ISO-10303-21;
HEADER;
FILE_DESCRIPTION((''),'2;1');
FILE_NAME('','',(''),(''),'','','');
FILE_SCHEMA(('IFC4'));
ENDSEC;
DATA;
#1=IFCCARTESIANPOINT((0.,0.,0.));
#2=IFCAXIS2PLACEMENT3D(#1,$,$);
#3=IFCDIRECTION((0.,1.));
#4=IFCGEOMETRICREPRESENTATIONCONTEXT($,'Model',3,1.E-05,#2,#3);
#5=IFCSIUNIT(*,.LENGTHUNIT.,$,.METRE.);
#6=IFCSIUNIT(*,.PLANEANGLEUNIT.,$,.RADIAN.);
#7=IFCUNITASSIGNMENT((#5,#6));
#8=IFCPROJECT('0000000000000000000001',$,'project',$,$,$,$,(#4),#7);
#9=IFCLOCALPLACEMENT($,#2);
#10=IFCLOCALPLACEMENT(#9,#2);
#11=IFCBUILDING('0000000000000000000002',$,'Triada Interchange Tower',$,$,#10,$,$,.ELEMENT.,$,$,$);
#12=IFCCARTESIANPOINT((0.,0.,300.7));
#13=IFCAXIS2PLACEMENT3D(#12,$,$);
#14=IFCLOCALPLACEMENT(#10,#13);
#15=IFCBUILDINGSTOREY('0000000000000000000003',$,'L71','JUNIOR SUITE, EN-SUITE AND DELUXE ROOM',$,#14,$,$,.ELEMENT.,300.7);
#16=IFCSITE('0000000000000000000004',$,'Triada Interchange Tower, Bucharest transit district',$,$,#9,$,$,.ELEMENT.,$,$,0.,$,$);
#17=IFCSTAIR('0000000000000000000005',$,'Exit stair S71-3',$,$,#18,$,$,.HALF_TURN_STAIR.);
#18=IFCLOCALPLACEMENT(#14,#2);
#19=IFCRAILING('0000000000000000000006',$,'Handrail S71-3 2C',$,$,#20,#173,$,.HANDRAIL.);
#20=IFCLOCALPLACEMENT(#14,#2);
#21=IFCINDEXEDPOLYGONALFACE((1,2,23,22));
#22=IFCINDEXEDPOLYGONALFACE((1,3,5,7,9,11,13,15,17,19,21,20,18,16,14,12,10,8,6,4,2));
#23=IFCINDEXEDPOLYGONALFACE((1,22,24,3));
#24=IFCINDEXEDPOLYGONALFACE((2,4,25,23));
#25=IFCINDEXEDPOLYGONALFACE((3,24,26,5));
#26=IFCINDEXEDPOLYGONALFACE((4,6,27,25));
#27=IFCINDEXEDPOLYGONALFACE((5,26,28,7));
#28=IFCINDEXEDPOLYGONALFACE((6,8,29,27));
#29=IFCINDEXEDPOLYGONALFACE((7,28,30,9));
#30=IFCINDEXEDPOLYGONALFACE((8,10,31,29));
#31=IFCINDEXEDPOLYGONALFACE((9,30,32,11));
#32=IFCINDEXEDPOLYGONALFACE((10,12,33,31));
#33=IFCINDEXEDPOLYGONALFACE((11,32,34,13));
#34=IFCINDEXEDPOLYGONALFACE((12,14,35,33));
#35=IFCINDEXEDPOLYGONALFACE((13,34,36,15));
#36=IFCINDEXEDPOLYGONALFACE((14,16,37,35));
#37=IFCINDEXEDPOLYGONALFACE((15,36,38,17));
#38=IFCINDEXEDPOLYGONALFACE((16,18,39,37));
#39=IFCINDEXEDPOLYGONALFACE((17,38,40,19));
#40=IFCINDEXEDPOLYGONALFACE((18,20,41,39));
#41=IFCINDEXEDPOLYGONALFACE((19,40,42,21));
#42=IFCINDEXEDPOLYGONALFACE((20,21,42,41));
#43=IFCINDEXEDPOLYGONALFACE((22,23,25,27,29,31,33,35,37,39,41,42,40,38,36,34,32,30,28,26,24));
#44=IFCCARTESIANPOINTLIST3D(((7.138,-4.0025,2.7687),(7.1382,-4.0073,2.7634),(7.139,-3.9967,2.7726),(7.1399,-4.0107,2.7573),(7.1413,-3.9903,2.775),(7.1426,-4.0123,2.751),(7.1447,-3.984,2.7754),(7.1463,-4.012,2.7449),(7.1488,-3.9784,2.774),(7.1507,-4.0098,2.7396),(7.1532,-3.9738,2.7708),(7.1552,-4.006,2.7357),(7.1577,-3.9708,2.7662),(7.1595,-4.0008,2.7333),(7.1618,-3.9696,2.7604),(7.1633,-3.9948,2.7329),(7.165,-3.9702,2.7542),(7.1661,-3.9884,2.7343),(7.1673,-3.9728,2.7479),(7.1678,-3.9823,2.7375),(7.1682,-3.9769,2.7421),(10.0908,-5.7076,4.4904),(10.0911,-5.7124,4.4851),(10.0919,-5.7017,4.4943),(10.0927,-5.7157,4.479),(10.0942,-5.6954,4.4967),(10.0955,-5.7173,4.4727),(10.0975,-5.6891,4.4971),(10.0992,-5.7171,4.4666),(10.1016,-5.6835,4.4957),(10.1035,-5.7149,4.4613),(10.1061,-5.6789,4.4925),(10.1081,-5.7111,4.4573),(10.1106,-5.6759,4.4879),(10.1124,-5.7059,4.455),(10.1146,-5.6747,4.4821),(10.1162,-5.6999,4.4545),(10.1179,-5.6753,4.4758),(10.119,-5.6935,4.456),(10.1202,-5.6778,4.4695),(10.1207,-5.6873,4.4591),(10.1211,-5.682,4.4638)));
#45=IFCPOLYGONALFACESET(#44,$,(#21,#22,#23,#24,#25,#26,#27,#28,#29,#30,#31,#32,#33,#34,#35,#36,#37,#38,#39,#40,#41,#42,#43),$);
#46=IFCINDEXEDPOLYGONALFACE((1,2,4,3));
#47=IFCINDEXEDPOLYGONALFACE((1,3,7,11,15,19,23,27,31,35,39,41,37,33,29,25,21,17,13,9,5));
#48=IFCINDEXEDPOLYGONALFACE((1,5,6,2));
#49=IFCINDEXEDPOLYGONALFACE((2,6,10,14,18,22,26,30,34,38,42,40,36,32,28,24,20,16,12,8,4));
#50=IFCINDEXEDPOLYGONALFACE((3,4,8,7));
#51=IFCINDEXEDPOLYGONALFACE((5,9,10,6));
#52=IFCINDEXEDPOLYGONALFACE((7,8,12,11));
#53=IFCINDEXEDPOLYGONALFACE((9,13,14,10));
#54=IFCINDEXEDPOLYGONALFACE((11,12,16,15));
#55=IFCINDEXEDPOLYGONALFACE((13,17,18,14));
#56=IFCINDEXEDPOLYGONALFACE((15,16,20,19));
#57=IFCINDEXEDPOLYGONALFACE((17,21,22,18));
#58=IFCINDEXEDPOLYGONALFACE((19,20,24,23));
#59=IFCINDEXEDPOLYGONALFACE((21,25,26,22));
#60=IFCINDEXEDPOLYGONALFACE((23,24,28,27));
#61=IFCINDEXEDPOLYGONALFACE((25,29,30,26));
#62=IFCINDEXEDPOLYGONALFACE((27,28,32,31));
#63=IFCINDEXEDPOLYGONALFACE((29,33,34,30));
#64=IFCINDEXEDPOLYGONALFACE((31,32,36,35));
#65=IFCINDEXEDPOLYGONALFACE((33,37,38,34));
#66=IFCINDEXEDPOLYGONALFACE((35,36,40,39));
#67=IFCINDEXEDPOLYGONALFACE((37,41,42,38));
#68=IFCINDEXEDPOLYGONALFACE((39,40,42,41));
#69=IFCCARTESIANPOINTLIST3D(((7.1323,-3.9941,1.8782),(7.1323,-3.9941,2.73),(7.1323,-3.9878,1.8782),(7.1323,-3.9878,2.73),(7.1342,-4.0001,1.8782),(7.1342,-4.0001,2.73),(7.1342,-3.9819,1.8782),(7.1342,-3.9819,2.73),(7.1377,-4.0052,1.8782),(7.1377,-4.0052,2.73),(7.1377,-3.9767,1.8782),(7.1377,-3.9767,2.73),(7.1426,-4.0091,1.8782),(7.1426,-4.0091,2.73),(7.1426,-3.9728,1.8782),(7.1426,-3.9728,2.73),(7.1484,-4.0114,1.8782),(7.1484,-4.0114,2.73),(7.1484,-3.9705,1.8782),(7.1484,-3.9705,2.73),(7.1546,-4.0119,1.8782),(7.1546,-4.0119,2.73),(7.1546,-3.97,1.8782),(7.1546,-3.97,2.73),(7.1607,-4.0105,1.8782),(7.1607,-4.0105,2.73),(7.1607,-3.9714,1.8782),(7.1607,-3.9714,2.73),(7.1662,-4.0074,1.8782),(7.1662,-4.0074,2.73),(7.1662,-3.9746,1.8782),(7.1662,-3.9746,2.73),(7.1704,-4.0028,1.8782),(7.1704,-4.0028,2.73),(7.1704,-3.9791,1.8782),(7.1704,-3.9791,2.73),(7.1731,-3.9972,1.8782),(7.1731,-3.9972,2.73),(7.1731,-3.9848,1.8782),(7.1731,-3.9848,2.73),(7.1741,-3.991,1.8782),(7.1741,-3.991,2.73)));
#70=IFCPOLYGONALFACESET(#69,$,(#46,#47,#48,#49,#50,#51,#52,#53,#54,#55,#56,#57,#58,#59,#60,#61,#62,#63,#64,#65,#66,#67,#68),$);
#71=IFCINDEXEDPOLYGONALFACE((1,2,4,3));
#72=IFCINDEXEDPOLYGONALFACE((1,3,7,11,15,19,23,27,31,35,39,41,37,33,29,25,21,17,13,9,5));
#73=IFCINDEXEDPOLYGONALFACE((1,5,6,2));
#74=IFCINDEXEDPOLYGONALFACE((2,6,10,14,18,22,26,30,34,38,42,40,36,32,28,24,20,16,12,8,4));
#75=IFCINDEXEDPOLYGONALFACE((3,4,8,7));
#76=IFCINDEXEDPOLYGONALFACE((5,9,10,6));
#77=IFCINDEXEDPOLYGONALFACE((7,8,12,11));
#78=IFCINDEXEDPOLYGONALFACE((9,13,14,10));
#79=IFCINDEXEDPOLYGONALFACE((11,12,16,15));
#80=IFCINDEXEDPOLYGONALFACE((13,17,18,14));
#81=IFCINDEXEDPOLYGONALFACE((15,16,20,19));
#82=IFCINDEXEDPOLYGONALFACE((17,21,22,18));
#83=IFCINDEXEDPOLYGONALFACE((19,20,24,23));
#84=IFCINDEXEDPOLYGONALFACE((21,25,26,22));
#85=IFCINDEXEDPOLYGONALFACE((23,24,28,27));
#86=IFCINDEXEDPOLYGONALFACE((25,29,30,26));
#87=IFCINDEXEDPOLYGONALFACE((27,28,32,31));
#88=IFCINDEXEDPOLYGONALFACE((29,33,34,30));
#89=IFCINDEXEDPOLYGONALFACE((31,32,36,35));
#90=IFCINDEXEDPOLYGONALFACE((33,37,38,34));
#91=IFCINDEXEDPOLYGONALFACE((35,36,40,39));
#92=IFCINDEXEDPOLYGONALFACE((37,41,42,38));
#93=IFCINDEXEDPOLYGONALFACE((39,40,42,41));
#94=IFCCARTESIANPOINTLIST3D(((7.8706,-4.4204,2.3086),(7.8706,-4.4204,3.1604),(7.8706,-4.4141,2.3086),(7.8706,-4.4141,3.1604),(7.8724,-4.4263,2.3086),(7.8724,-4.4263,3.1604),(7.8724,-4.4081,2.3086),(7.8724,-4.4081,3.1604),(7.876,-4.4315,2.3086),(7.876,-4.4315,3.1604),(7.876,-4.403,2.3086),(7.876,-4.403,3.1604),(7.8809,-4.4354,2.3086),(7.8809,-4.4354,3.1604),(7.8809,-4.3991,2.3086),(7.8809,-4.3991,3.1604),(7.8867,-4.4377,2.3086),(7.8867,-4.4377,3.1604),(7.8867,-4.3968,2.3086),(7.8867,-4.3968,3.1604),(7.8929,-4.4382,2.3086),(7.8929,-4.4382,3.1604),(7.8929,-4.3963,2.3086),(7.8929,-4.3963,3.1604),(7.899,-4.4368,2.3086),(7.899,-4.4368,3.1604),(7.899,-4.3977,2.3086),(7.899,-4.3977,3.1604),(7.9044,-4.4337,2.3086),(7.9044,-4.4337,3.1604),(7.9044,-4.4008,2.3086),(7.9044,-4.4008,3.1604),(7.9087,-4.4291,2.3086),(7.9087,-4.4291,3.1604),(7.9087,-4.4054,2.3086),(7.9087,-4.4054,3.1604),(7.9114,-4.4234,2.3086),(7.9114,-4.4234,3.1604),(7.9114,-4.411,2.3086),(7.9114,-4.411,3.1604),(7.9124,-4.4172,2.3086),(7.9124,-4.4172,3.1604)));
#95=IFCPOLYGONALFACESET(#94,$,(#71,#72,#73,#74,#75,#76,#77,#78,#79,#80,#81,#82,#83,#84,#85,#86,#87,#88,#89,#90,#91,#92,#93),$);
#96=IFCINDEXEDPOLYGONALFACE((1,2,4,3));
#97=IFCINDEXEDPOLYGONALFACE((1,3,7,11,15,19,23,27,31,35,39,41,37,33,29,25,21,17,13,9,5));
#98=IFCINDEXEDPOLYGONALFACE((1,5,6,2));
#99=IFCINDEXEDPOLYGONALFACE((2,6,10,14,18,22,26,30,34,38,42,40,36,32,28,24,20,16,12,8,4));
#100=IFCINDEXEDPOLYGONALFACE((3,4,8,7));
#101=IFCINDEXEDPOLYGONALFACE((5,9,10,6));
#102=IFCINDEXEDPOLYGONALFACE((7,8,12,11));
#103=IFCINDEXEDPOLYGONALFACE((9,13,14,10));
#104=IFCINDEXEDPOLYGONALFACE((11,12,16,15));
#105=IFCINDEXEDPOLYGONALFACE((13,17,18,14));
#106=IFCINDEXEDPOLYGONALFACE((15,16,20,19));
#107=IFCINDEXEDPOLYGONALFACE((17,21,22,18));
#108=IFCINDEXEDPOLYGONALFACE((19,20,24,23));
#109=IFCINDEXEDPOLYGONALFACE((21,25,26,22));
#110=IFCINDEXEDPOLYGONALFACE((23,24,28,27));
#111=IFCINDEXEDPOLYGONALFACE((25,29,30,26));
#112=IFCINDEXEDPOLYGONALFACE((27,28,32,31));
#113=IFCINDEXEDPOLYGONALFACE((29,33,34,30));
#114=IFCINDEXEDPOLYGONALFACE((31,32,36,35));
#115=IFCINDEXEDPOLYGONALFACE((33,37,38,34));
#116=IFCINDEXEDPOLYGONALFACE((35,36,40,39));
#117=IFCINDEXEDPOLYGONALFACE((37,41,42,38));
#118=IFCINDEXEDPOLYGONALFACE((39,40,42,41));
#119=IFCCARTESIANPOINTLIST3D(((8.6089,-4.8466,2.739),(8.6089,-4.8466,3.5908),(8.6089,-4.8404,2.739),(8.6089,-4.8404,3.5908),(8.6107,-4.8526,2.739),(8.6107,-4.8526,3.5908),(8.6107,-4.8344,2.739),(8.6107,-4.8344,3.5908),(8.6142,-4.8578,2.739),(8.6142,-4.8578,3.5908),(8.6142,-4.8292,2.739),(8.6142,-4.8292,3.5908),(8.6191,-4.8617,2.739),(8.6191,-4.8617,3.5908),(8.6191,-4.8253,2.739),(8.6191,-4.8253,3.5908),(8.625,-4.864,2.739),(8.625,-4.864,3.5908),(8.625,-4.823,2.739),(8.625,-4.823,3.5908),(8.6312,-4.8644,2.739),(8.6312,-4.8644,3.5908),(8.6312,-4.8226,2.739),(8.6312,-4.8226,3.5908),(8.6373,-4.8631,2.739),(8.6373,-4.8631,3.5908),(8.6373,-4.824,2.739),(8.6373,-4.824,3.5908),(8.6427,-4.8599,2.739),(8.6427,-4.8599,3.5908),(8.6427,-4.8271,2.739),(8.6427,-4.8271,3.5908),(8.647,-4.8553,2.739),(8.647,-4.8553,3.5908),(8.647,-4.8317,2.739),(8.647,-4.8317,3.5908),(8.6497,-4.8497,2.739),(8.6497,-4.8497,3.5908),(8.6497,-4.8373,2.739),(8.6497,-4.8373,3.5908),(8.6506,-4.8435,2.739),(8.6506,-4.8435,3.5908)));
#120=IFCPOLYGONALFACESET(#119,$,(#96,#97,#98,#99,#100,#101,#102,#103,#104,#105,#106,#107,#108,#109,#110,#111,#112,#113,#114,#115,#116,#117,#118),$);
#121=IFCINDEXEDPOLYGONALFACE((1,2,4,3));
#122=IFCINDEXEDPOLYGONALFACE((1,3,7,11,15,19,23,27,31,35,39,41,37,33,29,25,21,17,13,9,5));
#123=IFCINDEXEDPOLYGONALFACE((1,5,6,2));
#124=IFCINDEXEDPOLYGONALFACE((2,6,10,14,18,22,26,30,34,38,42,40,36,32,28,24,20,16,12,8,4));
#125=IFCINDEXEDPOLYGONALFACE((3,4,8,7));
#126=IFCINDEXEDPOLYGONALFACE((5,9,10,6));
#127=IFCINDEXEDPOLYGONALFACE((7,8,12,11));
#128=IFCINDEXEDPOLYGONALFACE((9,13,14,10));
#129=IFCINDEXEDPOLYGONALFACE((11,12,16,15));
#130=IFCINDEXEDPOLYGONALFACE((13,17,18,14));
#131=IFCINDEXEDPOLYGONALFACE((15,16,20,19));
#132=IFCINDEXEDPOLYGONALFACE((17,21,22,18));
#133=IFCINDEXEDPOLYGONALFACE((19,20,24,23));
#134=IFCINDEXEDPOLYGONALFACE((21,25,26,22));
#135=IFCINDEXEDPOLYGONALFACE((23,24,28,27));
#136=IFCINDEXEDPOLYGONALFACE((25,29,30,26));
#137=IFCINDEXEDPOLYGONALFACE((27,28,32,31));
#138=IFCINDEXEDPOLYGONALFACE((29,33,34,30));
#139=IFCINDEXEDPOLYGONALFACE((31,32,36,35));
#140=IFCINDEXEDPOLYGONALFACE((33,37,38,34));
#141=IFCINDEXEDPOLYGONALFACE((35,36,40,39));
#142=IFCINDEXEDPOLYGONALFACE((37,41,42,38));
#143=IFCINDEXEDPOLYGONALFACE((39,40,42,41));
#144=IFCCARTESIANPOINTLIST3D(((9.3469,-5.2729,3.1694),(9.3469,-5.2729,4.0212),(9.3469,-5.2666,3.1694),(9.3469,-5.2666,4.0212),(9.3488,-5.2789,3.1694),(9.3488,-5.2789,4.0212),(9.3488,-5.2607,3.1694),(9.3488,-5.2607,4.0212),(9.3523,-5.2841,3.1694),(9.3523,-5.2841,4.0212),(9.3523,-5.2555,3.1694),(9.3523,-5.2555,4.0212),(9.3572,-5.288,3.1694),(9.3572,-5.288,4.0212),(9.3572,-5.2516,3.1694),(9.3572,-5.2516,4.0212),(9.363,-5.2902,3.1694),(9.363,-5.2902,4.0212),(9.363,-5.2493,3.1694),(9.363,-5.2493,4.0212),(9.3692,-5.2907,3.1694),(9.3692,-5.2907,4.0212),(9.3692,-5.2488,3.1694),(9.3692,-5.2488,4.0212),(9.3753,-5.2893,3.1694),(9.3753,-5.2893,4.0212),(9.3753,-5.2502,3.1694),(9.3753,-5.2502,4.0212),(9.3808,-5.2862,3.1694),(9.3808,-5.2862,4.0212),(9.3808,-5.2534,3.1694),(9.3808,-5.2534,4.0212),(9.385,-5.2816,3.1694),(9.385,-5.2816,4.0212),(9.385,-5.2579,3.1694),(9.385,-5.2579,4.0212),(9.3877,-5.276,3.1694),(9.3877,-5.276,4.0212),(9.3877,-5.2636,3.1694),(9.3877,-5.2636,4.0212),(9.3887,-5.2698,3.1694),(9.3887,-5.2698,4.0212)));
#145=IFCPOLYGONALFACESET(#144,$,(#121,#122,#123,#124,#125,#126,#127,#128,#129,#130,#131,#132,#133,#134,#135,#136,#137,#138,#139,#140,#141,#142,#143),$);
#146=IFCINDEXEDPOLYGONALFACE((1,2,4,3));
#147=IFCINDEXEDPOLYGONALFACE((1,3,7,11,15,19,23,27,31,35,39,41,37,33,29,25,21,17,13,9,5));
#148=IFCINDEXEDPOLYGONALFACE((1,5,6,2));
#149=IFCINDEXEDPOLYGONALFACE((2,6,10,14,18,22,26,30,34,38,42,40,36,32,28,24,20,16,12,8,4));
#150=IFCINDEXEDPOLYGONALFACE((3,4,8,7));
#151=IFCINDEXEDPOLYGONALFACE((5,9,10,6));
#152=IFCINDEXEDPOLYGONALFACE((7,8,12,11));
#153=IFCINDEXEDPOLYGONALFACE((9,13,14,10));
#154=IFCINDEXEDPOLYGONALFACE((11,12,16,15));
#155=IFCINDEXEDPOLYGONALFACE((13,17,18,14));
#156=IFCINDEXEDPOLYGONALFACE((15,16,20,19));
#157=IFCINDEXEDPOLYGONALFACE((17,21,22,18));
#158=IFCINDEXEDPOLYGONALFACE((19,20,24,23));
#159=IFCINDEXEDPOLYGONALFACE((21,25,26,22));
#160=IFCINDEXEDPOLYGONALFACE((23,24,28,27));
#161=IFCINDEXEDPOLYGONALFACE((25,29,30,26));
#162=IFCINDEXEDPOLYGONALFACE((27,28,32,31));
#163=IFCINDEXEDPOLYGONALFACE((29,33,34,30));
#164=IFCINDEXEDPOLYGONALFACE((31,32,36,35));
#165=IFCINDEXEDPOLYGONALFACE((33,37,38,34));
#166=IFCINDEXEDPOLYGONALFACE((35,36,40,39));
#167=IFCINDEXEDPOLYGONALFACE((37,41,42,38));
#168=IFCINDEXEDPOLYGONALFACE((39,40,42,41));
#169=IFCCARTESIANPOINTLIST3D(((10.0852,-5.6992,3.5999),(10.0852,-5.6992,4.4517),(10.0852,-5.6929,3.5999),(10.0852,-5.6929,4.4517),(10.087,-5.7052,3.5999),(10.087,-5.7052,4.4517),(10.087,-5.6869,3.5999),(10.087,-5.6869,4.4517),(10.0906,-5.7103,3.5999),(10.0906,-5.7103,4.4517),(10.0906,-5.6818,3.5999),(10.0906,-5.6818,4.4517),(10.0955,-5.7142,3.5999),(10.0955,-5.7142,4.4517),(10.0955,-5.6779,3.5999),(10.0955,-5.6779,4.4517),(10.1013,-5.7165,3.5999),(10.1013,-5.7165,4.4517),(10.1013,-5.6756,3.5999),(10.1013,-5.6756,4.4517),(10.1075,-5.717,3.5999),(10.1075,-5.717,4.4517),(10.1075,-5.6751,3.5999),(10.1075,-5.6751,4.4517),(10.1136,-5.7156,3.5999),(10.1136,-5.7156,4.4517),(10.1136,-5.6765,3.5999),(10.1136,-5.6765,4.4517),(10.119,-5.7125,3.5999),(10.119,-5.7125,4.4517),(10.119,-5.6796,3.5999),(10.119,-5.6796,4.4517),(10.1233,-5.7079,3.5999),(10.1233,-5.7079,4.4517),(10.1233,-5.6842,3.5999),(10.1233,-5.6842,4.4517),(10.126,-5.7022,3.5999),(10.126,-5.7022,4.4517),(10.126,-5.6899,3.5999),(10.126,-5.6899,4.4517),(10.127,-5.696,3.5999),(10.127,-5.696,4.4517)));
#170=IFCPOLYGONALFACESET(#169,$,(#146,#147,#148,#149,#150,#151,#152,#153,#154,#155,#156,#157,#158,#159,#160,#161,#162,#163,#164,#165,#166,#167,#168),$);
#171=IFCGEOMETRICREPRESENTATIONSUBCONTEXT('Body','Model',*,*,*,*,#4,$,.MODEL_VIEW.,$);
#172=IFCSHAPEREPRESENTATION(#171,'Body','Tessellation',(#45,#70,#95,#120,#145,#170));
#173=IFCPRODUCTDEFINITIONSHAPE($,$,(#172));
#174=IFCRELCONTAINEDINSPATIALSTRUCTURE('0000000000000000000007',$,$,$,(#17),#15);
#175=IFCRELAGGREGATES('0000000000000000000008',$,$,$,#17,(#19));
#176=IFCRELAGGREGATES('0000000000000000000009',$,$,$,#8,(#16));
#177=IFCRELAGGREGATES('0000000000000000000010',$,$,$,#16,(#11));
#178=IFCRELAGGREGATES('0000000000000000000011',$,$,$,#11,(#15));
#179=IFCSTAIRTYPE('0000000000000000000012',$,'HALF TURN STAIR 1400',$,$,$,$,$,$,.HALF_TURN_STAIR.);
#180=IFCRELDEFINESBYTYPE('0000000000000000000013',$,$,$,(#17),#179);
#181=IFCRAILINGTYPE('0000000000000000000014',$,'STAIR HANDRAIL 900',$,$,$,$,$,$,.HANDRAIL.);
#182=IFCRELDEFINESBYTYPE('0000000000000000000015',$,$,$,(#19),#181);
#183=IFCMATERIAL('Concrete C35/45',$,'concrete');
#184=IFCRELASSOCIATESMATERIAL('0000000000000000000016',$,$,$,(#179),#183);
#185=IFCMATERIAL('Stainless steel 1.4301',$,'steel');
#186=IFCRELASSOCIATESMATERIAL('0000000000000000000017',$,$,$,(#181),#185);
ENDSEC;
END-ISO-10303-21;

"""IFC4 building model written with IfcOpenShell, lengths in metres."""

from ifc_helpers import new_model, si_unit, direction, frame, origin, origin_2d, place, context, subcontext, project, spatial, circle, extrude, material, type_object, element, aggregate, save


model = new_model("IFC4")

# Units and contexts
model_context = context("Model", 3, precision=1e-05, world=origin(), true_north=direction((0.0, 1.0)))
body_context = subcontext(model_context, "Body", "Model", "MODEL_VIEW")
ifc_project = project(units=[si_unit("LENGTHUNIT", "METRE"), si_unit("PLANEANGLEUNIT", "RADIAN")], contexts=[model_context])

# Site, building, storey
site_placement = place(None, origin())
site = spatial("IfcSite", under=ifc_project, at=site_placement, Name="Triada Interchange Tower, Bucharest transit district", CompositionType="ELEMENT", RefElevation=0.0)
building_placement = place(site_placement, origin())
building = spatial("IfcBuilding", under=site, at=building_placement, Name="Triada Interchange Tower", CompositionType="ELEMENT")
storey_placement = place(building_placement, frame((0.0, 0.0, 300.7)))
storey = spatial("IfcBuildingStorey", under=building, at=storey_placement, Name="L71", Description="JUNIOR SUITE, EN-SUITE AND DELUXE ROOM", CompositionType="ELEMENT", Elevation=300.7)

# Stair, railing
ifc_material_1 = material(Name="Concrete C35/45", Category="concrete")
stair_type = type_object("IfcStairType", Name="HALF TURN STAIR 1400", PredefinedType="HALF_TURN_STAIR", material=ifc_material_1)
stair_placement = place(storey_placement, origin())
stair = element("IfcStair", 1, at=stair_placement, inside=storey, type_object=stair_type, Name="Exit stair S71-3", PredefinedType="HALF_TURN_STAIR")
ifc_material_2 = material(Name="Stainless steel 1.4301", Category="steel")
railing_type = type_object("IfcRailingType", Name="STAIR HANDRAIL 900", PredefinedType="HANDRAIL", material=ifc_material_2)
railing_1_placement = place(storey_placement, frame((7.1531, -3.991, 1.8782)))
railing_1 = element("IfcRailing", 2, at=railing_1_placement, type_object=railing_type, Name="Handrail S71-3 2C", PredefinedType="HANDRAIL", context=body_context, shape_type="SweptSolid", body=[
    extrude(circle(Radius=0.0239, at=origin_2d()), frame((0.0, 0.0, 0.876), z_axis=(0.773043, -0.446377, 0.450723), x_axis=(0.500051, 0.865996, 0.0)), (0.0, 0.0, 1.0), 3.8198),
    extrude(circle(Radius=0.021, at=origin_2d()), origin(), (0.0, 0.0, 1.0), 0.8518),
    extrude(circle(Radius=0.021, at=origin_2d()), frame((0.7383, -0.4263, 0.4304)), (0.0, 0.0, 1.0), 0.8518),
    extrude(circle(Radius=0.021, at=origin_2d()), frame((1.4766, -0.8525, 0.8608)), (0.0, 0.0, 1.0), 0.8518),
    extrude(circle(Radius=0.021, at=origin_2d()), frame((2.2146, -1.2788, 1.2913)), (0.0, 0.0, 1.0), 0.8518),
    extrude(circle(Radius=0.021, at=origin_2d()), frame((2.9529, -1.7051, 1.7217)), (0.0, 0.0, 1.0), 0.8518),
])
aggregate(stair, [railing_1])

save(model, "model.ifc")
